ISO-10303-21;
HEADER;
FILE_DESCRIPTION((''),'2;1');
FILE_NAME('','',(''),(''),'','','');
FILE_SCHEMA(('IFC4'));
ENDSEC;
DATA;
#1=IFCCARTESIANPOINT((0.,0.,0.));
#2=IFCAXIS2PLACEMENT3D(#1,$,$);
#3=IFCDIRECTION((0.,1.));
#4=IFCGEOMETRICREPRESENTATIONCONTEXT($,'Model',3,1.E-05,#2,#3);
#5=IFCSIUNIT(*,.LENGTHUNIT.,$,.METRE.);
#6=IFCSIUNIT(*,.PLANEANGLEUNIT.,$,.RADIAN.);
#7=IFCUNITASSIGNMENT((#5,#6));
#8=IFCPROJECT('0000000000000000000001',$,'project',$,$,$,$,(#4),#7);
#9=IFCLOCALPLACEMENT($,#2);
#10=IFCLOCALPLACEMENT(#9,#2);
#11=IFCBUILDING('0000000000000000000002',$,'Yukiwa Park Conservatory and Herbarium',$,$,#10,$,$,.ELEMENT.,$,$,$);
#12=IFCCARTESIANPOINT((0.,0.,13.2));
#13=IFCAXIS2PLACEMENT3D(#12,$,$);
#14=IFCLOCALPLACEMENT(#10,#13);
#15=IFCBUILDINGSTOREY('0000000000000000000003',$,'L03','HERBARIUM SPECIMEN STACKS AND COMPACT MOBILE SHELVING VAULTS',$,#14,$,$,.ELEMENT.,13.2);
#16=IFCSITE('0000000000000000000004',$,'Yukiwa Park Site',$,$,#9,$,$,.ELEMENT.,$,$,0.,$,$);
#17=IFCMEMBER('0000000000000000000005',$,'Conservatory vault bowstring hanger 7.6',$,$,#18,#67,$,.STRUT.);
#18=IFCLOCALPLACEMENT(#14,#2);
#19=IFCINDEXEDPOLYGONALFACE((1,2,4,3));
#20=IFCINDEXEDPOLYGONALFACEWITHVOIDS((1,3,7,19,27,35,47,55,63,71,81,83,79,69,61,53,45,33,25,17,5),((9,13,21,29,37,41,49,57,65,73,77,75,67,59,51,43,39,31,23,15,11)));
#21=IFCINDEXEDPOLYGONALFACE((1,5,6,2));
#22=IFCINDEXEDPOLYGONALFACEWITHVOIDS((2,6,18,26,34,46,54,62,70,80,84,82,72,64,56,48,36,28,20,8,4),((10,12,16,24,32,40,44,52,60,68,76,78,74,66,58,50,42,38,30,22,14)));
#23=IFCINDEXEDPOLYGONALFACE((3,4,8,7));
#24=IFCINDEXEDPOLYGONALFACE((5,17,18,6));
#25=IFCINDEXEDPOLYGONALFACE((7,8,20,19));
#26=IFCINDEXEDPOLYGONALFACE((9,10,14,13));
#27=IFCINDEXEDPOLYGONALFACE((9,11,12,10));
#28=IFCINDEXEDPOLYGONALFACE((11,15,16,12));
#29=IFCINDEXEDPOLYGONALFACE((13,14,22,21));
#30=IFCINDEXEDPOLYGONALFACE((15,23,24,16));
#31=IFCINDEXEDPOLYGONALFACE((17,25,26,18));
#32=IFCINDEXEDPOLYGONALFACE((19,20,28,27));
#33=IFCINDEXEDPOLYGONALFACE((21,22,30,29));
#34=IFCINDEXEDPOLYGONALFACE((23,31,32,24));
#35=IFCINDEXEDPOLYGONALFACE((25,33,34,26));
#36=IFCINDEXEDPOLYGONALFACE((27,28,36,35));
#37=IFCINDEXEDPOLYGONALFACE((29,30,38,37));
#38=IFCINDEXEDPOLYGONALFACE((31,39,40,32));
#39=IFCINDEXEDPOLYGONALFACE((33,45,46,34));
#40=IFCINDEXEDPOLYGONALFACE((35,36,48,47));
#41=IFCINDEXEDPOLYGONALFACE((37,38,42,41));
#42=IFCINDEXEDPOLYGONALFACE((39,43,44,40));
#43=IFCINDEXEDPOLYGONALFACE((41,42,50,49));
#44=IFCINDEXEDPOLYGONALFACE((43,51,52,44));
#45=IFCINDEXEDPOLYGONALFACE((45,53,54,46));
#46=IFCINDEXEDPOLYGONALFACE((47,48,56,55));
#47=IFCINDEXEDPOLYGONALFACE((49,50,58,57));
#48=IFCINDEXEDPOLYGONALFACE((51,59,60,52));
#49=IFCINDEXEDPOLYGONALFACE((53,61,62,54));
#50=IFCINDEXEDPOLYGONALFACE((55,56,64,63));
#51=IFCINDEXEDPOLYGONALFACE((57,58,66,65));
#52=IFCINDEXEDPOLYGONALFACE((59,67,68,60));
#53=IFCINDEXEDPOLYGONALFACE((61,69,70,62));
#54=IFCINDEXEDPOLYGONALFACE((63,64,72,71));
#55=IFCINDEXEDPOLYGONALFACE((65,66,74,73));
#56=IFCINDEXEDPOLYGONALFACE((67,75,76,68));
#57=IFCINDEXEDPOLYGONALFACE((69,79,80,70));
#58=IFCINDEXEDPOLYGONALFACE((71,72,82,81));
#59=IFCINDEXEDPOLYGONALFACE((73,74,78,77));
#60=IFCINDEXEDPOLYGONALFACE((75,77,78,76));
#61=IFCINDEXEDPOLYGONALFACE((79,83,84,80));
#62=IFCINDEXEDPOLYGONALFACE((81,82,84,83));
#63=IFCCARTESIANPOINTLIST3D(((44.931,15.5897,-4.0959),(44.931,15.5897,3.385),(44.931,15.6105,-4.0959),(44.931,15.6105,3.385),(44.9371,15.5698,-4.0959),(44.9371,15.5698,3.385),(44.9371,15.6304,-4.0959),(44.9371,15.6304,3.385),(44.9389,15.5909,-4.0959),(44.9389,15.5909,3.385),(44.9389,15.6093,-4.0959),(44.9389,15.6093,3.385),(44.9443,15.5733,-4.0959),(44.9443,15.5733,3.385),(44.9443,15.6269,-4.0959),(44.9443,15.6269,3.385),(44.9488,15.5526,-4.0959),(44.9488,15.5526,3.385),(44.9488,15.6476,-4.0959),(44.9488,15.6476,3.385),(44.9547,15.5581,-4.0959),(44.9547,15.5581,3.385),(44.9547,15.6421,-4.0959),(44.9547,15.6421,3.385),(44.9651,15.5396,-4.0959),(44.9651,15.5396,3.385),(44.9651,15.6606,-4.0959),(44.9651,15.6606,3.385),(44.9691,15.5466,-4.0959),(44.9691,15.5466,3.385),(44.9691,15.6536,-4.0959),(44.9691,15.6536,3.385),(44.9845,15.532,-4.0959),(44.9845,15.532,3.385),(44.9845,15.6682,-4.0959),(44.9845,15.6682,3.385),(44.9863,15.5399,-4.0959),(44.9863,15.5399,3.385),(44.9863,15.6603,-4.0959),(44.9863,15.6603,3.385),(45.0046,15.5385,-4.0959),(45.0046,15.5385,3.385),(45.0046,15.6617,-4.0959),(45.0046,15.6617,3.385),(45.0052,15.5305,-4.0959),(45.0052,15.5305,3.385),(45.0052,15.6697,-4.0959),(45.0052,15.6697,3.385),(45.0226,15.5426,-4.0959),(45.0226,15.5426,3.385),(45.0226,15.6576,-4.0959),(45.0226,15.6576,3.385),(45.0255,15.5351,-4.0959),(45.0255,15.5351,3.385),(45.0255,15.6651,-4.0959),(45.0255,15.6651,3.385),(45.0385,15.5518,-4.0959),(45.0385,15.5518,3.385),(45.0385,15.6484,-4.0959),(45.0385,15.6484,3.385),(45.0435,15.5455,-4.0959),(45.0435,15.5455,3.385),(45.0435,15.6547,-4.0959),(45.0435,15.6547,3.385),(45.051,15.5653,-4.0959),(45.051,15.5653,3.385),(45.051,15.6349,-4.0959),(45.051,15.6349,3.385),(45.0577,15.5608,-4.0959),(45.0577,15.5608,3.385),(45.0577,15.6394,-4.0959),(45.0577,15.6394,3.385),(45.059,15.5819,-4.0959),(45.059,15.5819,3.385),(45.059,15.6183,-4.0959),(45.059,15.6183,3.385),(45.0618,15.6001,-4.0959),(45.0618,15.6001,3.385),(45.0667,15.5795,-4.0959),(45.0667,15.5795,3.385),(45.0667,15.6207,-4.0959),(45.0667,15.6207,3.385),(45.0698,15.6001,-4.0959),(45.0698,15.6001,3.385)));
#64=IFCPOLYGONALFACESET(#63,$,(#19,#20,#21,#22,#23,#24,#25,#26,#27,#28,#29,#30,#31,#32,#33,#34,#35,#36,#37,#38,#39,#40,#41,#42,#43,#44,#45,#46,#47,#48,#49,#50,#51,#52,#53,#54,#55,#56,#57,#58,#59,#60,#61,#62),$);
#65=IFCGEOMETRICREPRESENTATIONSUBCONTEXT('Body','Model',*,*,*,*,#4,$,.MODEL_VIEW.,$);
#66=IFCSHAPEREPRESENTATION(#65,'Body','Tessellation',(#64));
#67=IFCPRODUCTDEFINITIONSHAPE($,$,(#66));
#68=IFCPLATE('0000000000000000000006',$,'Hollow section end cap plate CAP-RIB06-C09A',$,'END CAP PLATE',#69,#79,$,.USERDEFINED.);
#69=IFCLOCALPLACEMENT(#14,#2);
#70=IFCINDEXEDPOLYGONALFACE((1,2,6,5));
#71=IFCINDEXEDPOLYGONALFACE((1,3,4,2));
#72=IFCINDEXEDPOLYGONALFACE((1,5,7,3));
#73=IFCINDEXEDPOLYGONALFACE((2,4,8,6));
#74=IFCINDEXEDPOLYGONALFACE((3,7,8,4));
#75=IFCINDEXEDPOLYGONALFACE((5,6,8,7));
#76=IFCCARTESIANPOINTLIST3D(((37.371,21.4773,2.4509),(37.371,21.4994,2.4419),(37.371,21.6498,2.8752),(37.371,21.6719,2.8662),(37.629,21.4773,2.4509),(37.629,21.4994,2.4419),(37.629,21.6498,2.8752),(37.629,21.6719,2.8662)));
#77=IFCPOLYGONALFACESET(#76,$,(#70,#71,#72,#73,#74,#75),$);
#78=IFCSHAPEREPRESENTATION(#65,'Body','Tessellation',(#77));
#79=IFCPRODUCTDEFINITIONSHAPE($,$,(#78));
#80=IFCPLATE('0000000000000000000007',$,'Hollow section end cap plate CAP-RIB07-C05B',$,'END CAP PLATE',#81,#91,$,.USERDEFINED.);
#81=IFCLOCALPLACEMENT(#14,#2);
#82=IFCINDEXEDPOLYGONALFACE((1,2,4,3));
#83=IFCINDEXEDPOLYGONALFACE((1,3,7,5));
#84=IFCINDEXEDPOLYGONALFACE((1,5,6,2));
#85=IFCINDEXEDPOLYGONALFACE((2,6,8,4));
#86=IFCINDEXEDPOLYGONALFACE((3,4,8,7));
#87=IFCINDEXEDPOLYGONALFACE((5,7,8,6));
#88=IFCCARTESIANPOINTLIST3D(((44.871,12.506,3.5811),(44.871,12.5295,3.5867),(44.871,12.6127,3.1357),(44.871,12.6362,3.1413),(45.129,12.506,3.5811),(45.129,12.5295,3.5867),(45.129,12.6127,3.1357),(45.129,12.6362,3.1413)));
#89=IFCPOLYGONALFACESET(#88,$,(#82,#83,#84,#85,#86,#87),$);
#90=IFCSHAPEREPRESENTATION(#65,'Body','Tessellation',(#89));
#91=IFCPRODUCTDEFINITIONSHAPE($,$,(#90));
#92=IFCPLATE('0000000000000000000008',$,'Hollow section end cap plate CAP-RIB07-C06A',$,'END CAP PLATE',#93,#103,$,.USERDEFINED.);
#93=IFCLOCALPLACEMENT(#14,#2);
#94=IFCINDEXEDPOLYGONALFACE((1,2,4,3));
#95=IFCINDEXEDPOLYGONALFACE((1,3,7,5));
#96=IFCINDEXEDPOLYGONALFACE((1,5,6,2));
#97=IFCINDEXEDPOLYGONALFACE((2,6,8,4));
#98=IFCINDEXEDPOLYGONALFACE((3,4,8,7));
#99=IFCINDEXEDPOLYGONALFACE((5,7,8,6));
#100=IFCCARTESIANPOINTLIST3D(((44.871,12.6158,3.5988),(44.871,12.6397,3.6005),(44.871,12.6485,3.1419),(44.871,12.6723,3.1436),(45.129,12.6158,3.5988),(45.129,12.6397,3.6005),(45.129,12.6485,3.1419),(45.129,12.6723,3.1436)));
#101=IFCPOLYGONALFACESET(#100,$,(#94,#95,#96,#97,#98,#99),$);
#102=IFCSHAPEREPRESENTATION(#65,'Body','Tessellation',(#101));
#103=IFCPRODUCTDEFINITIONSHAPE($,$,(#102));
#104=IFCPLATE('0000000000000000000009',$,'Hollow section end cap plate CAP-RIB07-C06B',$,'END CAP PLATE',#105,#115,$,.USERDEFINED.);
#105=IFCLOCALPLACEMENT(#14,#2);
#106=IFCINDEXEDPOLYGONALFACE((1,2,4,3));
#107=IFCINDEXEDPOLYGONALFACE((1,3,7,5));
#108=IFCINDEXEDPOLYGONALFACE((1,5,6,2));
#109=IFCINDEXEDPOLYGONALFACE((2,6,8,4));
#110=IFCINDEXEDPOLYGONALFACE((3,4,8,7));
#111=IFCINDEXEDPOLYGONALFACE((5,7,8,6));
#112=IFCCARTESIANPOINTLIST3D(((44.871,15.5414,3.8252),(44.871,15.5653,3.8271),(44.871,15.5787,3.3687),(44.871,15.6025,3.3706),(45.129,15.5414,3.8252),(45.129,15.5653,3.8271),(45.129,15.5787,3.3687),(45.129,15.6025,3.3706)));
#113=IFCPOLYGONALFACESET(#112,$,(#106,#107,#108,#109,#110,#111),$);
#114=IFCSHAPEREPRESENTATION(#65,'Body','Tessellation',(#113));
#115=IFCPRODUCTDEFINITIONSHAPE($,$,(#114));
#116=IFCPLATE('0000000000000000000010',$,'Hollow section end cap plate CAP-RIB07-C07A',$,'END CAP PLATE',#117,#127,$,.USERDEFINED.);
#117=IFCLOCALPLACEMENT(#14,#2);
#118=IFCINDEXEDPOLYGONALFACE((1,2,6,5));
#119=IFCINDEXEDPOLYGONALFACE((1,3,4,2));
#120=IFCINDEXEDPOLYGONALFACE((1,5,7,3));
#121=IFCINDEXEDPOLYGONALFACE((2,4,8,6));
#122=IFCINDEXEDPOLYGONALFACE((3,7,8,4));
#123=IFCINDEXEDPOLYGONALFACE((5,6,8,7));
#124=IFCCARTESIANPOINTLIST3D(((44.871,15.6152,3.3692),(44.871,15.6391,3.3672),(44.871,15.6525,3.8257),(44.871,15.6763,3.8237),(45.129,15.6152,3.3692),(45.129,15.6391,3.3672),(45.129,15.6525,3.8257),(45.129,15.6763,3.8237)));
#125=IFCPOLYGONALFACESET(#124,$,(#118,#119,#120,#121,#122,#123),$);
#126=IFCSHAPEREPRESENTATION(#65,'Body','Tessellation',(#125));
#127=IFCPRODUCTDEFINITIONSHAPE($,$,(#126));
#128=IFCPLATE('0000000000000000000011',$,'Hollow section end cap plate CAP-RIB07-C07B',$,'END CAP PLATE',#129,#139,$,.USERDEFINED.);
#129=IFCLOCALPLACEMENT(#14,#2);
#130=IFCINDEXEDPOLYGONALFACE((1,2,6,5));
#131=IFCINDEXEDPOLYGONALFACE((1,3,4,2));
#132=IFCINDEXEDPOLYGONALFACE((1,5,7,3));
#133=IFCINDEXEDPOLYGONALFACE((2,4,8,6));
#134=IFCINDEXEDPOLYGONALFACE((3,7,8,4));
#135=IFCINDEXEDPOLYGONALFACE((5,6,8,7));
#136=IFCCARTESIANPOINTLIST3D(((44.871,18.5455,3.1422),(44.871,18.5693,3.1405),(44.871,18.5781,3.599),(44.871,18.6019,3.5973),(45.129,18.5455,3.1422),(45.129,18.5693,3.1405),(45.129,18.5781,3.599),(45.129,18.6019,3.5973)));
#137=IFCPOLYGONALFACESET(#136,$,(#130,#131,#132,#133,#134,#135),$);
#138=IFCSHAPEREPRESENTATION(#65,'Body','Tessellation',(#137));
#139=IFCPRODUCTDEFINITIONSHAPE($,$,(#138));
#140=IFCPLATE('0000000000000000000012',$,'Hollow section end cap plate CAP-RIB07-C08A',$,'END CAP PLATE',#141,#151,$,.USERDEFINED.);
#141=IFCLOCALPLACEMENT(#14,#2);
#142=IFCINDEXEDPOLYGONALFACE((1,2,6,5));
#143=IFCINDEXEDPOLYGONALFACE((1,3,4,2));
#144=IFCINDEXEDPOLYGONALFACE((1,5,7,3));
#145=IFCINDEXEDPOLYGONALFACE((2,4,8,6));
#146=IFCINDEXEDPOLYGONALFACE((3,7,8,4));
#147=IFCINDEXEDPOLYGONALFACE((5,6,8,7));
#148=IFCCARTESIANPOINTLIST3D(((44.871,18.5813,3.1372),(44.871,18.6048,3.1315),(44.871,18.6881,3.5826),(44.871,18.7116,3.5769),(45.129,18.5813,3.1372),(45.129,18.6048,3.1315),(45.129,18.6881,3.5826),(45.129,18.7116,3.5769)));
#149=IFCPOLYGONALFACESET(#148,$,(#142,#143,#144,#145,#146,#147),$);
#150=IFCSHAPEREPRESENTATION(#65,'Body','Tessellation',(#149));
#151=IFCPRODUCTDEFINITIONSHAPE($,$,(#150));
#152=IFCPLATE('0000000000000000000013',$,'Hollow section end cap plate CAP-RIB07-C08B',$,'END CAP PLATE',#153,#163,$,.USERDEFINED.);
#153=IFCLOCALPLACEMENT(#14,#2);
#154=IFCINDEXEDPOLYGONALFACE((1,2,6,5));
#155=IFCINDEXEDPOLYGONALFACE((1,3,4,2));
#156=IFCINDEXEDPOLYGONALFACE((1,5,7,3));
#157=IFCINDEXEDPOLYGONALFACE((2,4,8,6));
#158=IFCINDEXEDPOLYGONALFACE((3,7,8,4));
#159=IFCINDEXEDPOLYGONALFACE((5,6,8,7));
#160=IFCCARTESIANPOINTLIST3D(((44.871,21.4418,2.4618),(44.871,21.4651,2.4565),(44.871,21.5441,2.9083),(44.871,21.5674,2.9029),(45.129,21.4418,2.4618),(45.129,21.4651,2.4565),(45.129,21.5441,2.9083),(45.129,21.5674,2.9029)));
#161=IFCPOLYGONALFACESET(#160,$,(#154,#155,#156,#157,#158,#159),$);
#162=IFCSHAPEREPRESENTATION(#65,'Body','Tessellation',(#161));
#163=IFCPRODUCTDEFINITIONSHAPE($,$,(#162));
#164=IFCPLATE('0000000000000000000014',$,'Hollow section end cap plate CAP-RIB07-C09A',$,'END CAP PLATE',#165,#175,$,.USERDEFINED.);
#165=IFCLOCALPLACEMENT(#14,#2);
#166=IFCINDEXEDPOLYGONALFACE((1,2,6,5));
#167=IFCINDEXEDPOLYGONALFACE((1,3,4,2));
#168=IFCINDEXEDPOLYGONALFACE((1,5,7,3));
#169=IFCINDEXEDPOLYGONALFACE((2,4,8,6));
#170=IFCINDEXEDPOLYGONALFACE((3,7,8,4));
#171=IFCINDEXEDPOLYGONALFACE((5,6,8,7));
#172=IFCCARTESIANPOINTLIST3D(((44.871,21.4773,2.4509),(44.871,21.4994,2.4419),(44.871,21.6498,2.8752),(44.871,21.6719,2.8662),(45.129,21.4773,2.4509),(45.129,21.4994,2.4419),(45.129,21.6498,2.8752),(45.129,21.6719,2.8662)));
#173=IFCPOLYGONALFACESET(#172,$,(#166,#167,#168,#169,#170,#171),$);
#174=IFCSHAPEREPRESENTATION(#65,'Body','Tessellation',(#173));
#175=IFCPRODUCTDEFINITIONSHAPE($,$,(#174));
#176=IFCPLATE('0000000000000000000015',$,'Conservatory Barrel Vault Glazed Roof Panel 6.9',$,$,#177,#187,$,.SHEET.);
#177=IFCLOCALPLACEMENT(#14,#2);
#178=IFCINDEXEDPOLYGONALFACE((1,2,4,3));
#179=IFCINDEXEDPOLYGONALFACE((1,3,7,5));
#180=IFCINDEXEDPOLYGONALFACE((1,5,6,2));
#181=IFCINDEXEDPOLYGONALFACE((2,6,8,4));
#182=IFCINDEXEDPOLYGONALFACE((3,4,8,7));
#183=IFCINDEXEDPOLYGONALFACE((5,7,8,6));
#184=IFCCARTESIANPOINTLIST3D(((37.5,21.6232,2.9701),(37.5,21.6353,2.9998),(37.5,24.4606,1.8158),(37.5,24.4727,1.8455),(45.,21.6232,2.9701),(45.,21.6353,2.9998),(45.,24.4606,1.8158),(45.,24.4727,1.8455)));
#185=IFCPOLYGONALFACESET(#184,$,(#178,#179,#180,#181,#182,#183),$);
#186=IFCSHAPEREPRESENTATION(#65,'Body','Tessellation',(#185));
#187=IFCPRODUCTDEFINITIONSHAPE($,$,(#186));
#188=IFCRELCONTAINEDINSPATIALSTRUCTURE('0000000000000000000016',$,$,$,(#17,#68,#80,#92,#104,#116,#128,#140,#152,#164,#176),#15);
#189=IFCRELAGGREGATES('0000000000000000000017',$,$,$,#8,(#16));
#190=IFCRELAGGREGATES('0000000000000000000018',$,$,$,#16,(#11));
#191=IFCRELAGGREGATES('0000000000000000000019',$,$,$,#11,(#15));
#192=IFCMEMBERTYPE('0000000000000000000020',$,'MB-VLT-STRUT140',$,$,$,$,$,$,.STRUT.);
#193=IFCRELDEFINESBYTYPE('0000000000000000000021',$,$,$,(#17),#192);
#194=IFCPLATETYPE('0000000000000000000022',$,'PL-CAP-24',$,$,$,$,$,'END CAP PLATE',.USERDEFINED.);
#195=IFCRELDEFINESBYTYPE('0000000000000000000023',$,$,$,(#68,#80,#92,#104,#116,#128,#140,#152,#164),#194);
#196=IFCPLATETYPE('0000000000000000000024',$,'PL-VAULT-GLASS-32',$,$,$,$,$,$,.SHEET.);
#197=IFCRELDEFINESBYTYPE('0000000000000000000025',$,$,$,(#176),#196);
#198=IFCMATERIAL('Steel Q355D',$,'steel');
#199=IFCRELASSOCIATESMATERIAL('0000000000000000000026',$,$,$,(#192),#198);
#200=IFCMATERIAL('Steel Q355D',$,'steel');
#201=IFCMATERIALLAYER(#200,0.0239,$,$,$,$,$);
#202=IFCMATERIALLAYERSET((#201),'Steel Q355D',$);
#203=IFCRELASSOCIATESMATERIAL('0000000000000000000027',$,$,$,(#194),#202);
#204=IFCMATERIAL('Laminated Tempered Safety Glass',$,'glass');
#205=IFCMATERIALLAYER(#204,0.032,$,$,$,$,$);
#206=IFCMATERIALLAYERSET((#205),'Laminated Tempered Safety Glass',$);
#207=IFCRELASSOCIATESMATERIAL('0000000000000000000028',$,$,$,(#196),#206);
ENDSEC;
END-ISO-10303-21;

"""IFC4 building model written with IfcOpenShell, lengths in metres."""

from ifc_helpers import new_model, si_unit, direction, frame, origin, origin_2d, place, context, subcontext, project, spatial, polyline, rectangle, hollow_circle, outline, extrude, material, layer, layer_set, material_profile, profile_set, type_object, element, save


model = new_model("IFC4")

# Units and contexts
model_context = context("Model", 3, precision=1e-05, world=origin(), true_north=direction((0.0, 1.0)))
body_context = subcontext(model_context, "Body", "Model", "MODEL_VIEW")
ifc_project = project(units=[si_unit("LENGTHUNIT", "METRE"), si_unit("PLANEANGLEUNIT", "RADIAN")], contexts=[model_context])

# Site, building, storey
site_placement = place(None, origin())
site = spatial("IfcSite", under=ifc_project, at=site_placement, Name="Yukiwa Park Site", CompositionType="ELEMENT", RefElevation=0.0)
building_placement = place(site_placement, origin())
building = spatial("IfcBuilding", under=site, at=building_placement, Name="Yukiwa Park Conservatory and Herbarium", CompositionType="ELEMENT")
storey_placement = place(building_placement, frame((0.0, 0.0, 13.2)))
storey = spatial("IfcBuildingStorey", under=building, at=storey_placement, Name="L03", Description="HERBARIUM SPECIMEN STACKS AND COMPACT MOBILE SHELVING VAULTS", CompositionType="ELEMENT", Elevation=13.2)

# Member
ifc_material_1 = material(Name="Steel Q355D", Category="steel")
ifc_material_profile_1 = material_profile(ifc_material_1, hollow_circle(Radius=0.0698, WallThickness=0.0081, at=origin_2d()), Name="CHS 139.7x8")
ifc_profile_set_1 = profile_set([ifc_material_profile_1], Name="Steel Q355D")
member_type_1 = type_object("IfcMemberType", Name="MB-VLT-STRUT140", PredefinedType="STRUT", material=ifc_profile_set_1)
member_placement = place(storey_placement, frame((45.0, 15.6001, -4.0959), z_axis=(0.0, 0.0, 1.0), x_axis=(1.0, 0.0, 0.0)))
element("IfcMember", 1, at=member_placement, inside=storey, type_object=member_type_1, Name="Conservatory vault bowstring hanger 7.6", PredefinedType="STRUT", context=body_context, shape_type="SweptSolid", body=[
    extrude(hollow_circle(Radius=0.0698, WallThickness=0.0081, at=origin_2d()), origin(), (0.0, 0.0, 1.0), 7.481),
])

# Plates
ifc_material_2 = material(Name="Steel Q355D", Category="steel")
ifc_layer_1 = layer(ifc_material_2, 0.0239)
ifc_layer_set_1 = layer_set([ifc_layer_1], Name="Steel Q355D")
plate_type_1 = type_object("IfcPlateType", Name="PL-CAP-24", ElementType="END CAP PLATE", PredefinedType="USERDEFINED", material=ifc_layer_set_1)
plate_1_placement = place(storey_placement, frame((37.5, 21.5857, 2.6541), z_axis=(0.0, -0.926356, 0.37665), x_axis=(1.0, 0.0, 0.0)))
element("IfcPlate", 2, at=plate_1_placement, inside=storey, type_object=plate_type_1, Name="Hollow section end cap plate CAP-RIB06-C09A", ObjectType="END CAP PLATE", PredefinedType="USERDEFINED", context=body_context, shape_type="SweptSolid", body=[
    extrude(rectangle(XDim=0.2581, YDim=0.458, at=origin_2d()), origin(), (0.0, 0.0, 1.0), 0.0239),
])
plate_2_placement = place(storey_placement, frame((45.0, 12.5593, 3.3584), z_axis=(0.0, 0.972479, 0.23299), x_axis=(-1.0, 0.0, 0.0)))
element("IfcPlate", 3, at=plate_2_placement, inside=storey, type_object=plate_type_1, Name="Hollow section end cap plate CAP-RIB07-C05B", ObjectType="END CAP PLATE", PredefinedType="USERDEFINED", context=body_context, shape_type="SweptSolid", body=[
    extrude(rectangle(XDim=0.2581, YDim=0.458, at=origin_2d()), origin(), (0.0, 0.0, 1.0), 0.0242),
])
for number, where, z_axis, x_axis, name in (
    (4, (45.0, 12.656, 3.3721), (0.0, -0.997459, -0.071247), (1.0, 0.0, 0.0), "Hollow section end cap plate CAP-RIB07-C06A"),
    (5, (45.0, 15.5601, 3.5969), (0.0, 0.996685, 0.081362), (-1.0, 0.0, 0.0), "Hollow section end cap plate CAP-RIB07-C06B"),
    (6, (45.0, 15.6577, 3.5955), (0.0, -0.996685, 0.081362), (1.0, 0.0, 0.0), "Hollow section end cap plate CAP-RIB07-C07A"),
    (7, (45.0, 18.5618, 3.3706), (0.0, 0.997459, -0.071247), (-1.0, 0.0, 0.0), "Hollow section end cap plate CAP-RIB07-C07B"),
):
    element("IfcPlate", number, at=place(storey_placement, frame(where, z_axis=z_axis, x_axis=x_axis)), inside=storey, type_object=plate_type_1, Name=name, ObjectType="END CAP PLATE", PredefinedType="USERDEFINED", context=body_context, shape_type="SweptSolid", body=[
        extrude(rectangle(XDim=0.2581, YDim=0.458, at=origin_2d()), origin(), (0.0, 0.0, 1.0), 0.0239),
    ])
plate_3_placement = place(storey_placement, frame((45.0, 18.6582, 3.3542), z_axis=(0.0, -0.972479, 0.23299), x_axis=(1.0, 0.0, 0.0)))
element("IfcPlate", 8, at=plate_3_placement, inside=storey, type_object=plate_type_1, Name="Hollow section end cap plate CAP-RIB07-C08A", ObjectType="END CAP PLATE", PredefinedType="USERDEFINED", context=body_context, shape_type="SweptSolid", body=[
    extrude(rectangle(XDim=0.2581, YDim=0.458, at=origin_2d()), origin(), (0.0, 0.0, 1.0), 0.0242),
])
for number, where, z_axis, x_axis, name in (
    (9, (45.0, 21.4929, 2.6851), (0.0, 0.974732, -0.223376), (-1.0, 0.0, 0.0), "Hollow section end cap plate CAP-RIB07-C08B"),
    (10, (45.0, 21.5857, 2.6541), (0.0, -0.926356, 0.37665), (1.0, 0.0, 0.0), "Hollow section end cap plate CAP-RIB07-C09A"),
):
    element("IfcPlate", number, at=place(storey_placement, frame(where, z_axis=z_axis, x_axis=x_axis)), inside=storey, type_object=plate_type_1, Name=name, ObjectType="END CAP PLATE", PredefinedType="USERDEFINED", context=body_context, shape_type="SweptSolid", body=[
        extrude(rectangle(XDim=0.2581, YDim=0.458, at=origin_2d()), origin(), (0.0, 0.0, 1.0), 0.0239),
    ])
ifc_material_3 = material(Name="Laminated Tempered Safety Glass", Category="glass")
ifc_layer_2 = layer(ifc_material_3, 0.032)
ifc_layer_set_2 = layer_set([ifc_layer_2], Name="Laminated Tempered Safety Glass")
plate_type_2 = type_object("IfcPlateType", Name="PL-VAULT-GLASS-32", PredefinedType="SHEET", material=ifc_layer_set_2)
plate_4_placement = place(storey_placement, frame((37.5, 21.6353, 2.9998), z_axis=(0.0, 0.376826, 0.926284), x_axis=(1.0, 0.0, 0.0)))
element("IfcPlate", 11, at=plate_4_placement, inside=storey, type_object=plate_type_2, Name="Conservatory Barrel Vault Glazed Roof Panel 6.9", PredefinedType="SHEET", context=body_context, shape_type="SweptSolid", body=[
    extrude(outline(polyline([(0.0, 0.0), (7.5, 0.0), (7.5, 3.0632), (0.0, 3.0632), (0.0, 0.0)])), origin(), (0.0, 0.0, -1.0), 0.032),
])

save(model, "model.ifc")
